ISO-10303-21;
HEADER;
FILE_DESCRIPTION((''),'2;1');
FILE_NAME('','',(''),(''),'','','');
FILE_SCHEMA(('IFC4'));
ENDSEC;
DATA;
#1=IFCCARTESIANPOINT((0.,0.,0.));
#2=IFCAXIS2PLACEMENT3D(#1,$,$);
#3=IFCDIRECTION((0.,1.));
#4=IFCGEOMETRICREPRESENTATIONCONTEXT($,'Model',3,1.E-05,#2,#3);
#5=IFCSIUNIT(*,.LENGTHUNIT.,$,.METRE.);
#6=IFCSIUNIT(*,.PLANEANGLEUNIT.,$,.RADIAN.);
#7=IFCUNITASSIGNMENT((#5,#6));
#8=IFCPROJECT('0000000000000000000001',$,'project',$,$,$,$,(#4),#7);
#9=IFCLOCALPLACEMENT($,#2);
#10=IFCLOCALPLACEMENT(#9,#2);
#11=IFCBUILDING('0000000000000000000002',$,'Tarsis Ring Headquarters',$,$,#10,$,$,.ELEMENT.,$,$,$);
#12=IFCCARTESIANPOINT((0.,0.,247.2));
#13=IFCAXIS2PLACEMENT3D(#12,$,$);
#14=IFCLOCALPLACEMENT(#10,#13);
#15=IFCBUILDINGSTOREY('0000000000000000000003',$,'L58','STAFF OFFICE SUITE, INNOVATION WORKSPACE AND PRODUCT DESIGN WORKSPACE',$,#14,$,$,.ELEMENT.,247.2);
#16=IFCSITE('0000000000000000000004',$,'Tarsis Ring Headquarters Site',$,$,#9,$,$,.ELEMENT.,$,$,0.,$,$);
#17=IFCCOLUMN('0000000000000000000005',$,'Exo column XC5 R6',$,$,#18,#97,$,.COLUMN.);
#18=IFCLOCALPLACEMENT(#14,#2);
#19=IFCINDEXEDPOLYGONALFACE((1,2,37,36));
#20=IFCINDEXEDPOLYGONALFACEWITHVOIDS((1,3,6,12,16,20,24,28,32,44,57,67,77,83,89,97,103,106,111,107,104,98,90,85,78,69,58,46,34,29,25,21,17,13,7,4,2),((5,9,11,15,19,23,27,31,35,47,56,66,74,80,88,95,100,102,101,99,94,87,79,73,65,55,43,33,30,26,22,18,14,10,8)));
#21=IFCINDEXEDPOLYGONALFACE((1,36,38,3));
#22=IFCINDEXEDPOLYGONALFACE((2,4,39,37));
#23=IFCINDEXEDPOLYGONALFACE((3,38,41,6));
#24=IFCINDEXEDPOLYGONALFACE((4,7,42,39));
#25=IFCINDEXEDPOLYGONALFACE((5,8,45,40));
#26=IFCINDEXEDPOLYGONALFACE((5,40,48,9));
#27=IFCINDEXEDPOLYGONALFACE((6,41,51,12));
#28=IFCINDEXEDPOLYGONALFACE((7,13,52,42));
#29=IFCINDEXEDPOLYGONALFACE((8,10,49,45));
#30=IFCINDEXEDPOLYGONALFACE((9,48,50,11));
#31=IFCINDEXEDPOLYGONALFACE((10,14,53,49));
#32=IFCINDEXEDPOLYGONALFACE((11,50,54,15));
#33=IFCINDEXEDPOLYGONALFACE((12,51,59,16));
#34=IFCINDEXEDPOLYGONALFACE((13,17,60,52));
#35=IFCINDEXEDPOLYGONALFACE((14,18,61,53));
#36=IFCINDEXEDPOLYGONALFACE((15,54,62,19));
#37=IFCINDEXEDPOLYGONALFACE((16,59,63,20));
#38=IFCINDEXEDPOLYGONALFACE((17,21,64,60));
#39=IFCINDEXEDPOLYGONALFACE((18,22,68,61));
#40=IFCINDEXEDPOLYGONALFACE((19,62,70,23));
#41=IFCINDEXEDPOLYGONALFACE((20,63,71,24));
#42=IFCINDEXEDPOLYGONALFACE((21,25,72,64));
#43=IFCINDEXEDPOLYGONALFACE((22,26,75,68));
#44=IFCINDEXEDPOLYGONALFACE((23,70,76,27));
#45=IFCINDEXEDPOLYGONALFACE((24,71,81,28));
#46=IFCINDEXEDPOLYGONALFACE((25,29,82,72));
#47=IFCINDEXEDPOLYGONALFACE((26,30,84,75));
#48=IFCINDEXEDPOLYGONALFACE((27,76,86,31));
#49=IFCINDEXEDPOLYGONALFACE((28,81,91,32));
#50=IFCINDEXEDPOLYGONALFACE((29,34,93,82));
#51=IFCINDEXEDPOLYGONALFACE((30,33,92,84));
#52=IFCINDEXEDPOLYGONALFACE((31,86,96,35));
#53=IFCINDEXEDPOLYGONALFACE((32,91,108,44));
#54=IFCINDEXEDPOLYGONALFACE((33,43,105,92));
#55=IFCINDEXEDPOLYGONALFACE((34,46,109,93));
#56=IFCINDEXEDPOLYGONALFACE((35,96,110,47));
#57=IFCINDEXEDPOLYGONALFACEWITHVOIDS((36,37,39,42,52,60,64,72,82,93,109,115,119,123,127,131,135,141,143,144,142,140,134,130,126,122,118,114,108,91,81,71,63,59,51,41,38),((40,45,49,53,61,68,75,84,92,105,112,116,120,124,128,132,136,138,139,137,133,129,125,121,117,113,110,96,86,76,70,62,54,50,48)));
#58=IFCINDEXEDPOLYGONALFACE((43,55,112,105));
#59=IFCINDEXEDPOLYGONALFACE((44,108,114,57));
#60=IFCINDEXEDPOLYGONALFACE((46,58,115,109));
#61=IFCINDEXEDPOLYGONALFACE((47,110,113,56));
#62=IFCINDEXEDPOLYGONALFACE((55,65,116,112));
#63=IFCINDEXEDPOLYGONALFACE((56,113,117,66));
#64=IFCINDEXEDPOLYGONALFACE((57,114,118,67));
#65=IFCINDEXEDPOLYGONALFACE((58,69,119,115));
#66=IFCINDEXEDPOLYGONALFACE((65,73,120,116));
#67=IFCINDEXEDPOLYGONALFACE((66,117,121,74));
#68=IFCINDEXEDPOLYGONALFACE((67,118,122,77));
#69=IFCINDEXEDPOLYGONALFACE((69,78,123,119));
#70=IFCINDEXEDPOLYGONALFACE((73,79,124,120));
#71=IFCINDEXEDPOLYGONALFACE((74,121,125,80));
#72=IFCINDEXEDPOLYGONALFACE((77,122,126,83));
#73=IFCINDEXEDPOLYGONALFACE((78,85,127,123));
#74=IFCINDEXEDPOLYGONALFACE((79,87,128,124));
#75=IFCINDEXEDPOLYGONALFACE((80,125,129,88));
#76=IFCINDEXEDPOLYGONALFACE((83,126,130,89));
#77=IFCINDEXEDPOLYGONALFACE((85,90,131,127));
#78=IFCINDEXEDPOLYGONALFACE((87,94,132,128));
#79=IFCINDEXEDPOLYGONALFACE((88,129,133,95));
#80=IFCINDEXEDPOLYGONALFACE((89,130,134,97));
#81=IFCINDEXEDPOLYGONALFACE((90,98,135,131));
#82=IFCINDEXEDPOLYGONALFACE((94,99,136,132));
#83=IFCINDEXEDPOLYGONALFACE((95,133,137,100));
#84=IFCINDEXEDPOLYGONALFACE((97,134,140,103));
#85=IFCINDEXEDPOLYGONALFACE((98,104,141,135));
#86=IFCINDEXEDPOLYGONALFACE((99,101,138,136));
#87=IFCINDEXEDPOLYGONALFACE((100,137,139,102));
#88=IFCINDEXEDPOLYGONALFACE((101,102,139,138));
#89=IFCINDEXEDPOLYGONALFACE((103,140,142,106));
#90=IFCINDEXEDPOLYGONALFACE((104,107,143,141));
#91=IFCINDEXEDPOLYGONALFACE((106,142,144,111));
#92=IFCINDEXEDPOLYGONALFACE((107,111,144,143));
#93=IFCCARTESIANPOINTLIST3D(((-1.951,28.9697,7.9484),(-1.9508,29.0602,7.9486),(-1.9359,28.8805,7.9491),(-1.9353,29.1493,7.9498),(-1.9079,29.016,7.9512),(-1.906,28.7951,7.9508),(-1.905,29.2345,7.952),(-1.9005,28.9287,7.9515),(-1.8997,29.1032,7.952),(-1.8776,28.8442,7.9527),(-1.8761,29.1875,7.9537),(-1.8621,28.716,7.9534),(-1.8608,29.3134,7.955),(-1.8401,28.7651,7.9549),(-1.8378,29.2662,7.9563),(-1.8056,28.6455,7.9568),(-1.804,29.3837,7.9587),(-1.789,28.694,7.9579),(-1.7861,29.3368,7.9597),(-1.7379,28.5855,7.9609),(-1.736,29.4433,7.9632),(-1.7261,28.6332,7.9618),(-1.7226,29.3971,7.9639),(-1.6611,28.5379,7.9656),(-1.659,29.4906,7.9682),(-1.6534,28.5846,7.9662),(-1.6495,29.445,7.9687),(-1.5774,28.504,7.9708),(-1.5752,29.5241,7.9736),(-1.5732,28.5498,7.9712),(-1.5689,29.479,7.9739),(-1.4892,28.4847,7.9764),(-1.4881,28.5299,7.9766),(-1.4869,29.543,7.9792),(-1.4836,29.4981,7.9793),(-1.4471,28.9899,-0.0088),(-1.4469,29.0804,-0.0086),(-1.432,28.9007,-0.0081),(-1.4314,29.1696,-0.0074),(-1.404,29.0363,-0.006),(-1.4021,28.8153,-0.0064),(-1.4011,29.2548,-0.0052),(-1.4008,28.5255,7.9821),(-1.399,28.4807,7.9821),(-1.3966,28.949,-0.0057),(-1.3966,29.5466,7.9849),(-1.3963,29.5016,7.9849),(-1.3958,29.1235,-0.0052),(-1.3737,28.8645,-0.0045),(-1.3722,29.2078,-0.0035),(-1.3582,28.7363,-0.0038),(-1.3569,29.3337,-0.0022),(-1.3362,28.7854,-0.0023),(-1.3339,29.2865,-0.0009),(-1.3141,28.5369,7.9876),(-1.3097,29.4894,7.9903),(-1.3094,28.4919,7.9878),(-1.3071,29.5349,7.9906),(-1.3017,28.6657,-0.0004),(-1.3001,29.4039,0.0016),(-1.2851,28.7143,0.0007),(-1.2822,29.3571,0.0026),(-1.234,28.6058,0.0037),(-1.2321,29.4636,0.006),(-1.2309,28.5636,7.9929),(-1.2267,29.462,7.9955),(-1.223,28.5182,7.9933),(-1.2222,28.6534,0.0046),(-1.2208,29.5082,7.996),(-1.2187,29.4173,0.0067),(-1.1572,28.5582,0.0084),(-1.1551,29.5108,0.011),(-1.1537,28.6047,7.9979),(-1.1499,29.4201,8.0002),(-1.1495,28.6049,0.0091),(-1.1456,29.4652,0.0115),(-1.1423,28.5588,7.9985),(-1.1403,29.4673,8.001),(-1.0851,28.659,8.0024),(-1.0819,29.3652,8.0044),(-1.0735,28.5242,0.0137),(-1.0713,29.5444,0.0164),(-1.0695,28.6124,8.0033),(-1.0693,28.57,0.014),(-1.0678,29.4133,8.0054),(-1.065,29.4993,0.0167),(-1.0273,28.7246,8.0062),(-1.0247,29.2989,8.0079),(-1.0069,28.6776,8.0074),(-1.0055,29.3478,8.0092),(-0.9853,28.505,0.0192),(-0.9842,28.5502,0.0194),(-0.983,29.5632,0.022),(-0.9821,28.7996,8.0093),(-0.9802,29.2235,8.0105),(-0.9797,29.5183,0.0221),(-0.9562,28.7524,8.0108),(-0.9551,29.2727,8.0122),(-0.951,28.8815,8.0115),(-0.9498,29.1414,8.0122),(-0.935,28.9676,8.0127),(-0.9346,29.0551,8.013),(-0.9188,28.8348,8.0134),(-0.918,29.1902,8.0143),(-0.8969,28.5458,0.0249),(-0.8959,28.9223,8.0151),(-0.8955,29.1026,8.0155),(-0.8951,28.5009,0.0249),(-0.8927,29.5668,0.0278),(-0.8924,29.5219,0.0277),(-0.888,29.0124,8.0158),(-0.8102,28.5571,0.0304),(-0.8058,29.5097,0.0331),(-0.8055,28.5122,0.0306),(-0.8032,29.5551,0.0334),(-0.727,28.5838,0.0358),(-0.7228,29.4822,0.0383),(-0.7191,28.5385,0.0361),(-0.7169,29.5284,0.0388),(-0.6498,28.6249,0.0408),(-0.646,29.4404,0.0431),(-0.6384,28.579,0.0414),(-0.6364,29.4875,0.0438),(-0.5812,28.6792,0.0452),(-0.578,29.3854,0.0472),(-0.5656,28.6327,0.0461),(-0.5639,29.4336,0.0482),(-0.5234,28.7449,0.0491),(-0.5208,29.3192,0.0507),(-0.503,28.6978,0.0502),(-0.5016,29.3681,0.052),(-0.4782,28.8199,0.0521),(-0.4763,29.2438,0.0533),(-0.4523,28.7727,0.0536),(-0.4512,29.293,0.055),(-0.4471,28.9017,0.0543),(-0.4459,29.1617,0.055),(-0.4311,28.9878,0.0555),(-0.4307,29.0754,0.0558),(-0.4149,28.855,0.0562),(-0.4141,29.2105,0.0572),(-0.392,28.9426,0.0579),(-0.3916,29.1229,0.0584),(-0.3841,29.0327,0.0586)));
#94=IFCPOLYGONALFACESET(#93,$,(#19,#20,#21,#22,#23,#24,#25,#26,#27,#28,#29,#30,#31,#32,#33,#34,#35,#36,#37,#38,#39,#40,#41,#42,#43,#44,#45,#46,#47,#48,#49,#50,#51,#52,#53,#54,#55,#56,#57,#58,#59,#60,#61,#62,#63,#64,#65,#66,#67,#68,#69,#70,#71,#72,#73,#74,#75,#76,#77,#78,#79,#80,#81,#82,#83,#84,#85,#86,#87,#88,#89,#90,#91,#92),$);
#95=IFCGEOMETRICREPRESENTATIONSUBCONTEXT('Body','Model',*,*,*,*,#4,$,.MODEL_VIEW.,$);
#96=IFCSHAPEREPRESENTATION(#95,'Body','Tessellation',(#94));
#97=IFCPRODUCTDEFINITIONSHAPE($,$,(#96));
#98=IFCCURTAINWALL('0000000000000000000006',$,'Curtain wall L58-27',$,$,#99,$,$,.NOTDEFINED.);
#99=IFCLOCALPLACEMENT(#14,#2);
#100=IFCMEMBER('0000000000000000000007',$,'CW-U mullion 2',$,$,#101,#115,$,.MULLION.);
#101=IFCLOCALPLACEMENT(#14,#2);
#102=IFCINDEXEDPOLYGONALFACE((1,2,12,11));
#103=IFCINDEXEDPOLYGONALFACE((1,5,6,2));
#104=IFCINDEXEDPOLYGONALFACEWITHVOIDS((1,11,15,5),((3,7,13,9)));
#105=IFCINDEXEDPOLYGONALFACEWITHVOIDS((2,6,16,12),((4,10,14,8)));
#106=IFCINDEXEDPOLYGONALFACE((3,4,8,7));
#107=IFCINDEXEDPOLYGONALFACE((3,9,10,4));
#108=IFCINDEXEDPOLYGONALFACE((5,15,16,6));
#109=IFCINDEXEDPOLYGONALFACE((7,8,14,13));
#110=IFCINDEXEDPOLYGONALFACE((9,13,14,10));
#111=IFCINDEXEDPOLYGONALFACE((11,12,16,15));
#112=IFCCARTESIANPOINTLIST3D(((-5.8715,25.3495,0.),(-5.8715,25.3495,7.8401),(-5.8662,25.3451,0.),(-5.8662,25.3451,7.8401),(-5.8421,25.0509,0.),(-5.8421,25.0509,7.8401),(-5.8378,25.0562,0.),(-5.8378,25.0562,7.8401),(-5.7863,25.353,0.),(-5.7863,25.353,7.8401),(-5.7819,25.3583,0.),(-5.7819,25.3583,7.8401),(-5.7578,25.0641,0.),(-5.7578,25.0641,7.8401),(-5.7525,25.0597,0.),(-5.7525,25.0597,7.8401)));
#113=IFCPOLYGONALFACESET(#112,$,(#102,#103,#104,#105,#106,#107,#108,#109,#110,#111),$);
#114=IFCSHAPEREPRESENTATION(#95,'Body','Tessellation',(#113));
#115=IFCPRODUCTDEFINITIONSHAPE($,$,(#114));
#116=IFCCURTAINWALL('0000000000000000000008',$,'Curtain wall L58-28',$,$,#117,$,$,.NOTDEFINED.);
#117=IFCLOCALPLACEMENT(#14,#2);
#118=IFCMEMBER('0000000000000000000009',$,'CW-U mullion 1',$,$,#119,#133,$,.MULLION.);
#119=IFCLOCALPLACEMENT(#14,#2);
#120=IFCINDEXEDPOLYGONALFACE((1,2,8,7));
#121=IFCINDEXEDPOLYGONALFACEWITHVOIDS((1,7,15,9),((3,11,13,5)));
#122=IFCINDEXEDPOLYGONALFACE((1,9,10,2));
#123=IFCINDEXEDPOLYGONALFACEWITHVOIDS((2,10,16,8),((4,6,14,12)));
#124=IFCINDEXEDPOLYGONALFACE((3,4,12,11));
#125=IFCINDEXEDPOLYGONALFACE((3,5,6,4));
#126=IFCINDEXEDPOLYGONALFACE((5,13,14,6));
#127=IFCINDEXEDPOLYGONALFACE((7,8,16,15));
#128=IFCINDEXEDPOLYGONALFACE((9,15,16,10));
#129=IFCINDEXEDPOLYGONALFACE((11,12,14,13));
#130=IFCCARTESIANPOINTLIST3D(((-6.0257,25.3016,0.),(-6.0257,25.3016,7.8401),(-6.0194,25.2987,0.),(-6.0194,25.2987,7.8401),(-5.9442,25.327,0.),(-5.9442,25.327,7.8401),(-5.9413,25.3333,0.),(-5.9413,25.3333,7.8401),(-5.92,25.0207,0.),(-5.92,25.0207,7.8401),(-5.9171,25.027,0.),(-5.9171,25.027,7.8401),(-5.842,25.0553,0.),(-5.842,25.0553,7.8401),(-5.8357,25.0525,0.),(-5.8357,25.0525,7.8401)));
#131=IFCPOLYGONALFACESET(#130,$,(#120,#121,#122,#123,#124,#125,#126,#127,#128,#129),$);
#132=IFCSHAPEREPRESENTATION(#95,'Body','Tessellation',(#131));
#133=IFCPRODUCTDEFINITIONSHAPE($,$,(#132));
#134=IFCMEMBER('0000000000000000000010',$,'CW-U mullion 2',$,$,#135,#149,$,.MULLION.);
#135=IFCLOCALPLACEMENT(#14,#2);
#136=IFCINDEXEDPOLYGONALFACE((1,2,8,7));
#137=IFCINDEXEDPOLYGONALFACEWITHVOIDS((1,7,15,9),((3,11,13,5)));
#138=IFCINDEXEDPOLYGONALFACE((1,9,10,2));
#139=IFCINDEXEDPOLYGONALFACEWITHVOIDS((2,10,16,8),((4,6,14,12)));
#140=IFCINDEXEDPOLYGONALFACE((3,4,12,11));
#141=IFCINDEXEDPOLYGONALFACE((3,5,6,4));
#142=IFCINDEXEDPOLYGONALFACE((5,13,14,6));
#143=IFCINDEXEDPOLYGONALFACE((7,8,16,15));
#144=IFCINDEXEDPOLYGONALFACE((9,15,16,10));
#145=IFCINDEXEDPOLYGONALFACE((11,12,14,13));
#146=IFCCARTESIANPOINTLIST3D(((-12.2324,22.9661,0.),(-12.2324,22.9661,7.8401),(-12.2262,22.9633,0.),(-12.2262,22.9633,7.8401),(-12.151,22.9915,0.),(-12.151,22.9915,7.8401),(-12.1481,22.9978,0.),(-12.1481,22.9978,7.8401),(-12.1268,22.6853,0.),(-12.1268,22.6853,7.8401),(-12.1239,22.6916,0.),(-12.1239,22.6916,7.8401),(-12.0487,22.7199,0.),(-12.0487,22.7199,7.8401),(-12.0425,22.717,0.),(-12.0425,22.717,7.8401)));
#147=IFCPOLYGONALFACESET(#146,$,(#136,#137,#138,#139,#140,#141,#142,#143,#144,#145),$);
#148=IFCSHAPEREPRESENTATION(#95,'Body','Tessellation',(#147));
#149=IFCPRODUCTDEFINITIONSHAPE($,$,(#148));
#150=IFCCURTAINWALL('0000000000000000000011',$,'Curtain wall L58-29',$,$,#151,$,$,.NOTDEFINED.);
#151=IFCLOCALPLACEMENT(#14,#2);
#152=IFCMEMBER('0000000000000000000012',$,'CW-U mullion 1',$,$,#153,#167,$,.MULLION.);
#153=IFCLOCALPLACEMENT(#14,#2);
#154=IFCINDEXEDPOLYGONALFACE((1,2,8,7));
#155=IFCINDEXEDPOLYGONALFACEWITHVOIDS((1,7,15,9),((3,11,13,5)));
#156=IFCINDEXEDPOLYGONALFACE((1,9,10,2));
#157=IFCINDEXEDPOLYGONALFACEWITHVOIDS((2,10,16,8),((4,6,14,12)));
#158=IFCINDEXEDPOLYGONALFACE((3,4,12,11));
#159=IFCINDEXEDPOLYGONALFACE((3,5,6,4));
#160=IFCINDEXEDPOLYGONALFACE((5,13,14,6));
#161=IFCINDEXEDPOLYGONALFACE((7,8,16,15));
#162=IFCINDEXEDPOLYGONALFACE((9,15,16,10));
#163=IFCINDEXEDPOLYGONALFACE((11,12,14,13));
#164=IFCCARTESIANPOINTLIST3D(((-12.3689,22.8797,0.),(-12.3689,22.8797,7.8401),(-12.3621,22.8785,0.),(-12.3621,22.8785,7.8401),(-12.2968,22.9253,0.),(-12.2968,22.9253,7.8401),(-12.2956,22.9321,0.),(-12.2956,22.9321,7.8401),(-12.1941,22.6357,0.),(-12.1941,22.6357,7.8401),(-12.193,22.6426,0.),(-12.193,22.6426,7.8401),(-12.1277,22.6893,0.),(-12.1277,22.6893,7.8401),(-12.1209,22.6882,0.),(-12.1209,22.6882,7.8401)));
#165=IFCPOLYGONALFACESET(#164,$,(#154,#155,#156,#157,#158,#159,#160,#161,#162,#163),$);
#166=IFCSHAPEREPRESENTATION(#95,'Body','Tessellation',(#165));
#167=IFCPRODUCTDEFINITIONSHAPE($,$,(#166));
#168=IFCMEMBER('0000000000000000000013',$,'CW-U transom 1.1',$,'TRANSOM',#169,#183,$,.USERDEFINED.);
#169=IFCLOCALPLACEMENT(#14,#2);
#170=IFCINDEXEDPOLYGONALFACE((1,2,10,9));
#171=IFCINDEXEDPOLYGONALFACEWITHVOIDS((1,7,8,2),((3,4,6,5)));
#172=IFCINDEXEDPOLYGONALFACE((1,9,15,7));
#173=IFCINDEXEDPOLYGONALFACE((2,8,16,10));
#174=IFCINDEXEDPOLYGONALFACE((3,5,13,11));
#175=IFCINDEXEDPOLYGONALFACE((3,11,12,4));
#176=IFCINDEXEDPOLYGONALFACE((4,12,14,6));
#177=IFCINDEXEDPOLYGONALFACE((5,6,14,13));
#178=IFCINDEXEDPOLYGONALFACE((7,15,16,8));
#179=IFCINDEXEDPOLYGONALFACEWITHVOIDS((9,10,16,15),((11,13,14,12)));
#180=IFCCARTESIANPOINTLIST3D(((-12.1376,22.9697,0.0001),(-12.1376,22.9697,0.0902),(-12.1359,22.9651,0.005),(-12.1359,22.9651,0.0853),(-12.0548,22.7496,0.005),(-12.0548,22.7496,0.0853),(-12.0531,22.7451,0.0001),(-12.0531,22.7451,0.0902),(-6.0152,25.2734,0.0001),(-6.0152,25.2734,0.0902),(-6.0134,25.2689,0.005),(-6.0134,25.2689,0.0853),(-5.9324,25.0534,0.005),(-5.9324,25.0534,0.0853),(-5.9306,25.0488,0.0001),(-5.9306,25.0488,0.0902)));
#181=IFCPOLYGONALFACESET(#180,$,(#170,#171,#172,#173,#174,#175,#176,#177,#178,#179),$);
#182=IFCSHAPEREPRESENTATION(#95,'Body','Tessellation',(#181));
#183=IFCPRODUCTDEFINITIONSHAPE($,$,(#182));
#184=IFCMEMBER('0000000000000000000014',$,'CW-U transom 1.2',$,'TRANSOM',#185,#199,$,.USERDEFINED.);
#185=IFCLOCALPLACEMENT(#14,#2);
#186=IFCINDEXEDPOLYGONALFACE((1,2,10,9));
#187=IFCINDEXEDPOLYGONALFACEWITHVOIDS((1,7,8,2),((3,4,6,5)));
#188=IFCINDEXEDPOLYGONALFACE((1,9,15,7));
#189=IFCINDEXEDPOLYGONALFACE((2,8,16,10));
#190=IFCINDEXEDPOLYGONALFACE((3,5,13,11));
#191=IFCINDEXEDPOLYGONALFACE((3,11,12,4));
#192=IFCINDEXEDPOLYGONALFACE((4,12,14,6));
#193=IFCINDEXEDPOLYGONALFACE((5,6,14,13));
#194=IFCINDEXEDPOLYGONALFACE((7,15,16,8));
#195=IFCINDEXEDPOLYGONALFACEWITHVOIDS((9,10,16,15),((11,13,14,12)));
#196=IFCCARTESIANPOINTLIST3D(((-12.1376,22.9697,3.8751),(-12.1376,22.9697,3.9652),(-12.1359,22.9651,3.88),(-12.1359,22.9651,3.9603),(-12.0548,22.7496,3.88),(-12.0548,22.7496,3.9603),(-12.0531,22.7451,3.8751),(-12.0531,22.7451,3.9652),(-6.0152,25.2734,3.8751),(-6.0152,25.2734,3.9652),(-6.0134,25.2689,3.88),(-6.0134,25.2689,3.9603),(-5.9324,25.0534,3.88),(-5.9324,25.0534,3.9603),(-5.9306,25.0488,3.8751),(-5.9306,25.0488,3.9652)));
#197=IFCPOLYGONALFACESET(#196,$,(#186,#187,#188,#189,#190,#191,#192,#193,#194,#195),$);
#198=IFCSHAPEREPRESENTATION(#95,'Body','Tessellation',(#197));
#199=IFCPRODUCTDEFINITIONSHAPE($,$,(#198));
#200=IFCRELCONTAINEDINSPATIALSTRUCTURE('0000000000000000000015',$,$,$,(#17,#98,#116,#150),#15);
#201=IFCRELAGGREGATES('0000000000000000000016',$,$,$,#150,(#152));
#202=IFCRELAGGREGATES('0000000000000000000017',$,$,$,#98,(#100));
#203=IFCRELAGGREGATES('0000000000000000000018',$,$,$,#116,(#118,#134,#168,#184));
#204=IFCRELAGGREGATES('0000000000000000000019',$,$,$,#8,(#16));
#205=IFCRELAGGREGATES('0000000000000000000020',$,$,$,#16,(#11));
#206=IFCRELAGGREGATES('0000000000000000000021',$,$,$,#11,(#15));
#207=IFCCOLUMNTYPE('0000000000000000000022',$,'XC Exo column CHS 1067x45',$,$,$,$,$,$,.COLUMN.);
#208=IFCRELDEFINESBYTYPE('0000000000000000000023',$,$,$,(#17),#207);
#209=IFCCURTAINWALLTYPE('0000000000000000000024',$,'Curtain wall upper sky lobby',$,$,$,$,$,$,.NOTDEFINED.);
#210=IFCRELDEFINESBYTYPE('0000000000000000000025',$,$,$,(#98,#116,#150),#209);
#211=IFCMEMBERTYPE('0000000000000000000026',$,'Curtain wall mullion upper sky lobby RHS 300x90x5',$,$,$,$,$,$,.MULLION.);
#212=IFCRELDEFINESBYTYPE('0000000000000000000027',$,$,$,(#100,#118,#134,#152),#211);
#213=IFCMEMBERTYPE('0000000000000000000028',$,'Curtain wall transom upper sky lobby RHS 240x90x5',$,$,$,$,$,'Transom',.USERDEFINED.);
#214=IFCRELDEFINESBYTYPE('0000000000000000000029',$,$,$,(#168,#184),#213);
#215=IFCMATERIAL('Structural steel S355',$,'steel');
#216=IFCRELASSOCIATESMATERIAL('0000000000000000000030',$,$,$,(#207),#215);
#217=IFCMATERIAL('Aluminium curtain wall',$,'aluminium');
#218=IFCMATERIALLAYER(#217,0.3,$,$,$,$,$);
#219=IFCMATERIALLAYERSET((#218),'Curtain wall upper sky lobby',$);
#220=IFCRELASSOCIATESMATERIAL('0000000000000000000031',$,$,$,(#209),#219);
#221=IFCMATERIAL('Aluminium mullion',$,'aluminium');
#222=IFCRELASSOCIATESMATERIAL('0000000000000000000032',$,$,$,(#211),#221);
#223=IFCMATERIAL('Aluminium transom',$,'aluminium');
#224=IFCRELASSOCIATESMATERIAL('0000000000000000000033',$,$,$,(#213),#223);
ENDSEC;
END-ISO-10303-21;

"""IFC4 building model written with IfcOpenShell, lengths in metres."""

from ifc_helpers import new_model, si_unit, direction, frame, origin, origin_2d, place, context, subcontext, project, spatial, hollow_rectangle, hollow_circle, extrude, material, layer, layer_set, material_profile, profile_set, type_object, element, aggregate, save


model = new_model("IFC4")

# Units and contexts
model_context = context("Model", 3, precision=1e-05, world=origin(), true_north=direction((0.0, 1.0)))
body_context = subcontext(model_context, "Body", "Model", "MODEL_VIEW")
ifc_project = project(units=[si_unit("LENGTHUNIT", "METRE"), si_unit("PLANEANGLEUNIT", "RADIAN")], contexts=[model_context])

# Site, building, storey
site_placement = place(None, origin())
site = spatial("IfcSite", under=ifc_project, at=site_placement, Name="Tarsis Ring Headquarters Site", CompositionType="ELEMENT", RefElevation=0.0)
building_placement = place(site_placement, origin())
building = spatial("IfcBuilding", under=site, at=building_placement, Name="Tarsis Ring Headquarters", CompositionType="ELEMENT")
storey_placement = place(building_placement, frame((0.0, 0.0, 247.2)))
storey = spatial("IfcBuildingStorey", under=building, at=storey_placement, Name="L58", Description="STAFF OFFICE SUITE, INNOVATION WORKSPACE AND PRODUCT DESIGN WORKSPACE", CompositionType="ELEMENT", Elevation=247.2)

# Column
ifc_material_1 = material(Name="Structural steel S355", Category="steel")
ifc_material_profile_1 = material_profile(ifc_material_1, hollow_circle(Radius=0.5334, WallThickness=0.0449, at=origin_2d()), Name="CHS 1067x45")
ifc_profile_set_1 = profile_set([ifc_material_profile_1], Name="Structural steel S355")
column_type = type_object("IfcColumnType", Name="XC Exo column CHS 1067x45", PredefinedType="COLUMN", material=ifc_profile_set_1)
column_placement = place(storey_placement, frame((-0.9165, 29.0339, 0.0249), z_axis=(-0.0632, -0.002541, 0.997998), x_axis=(0.040181, -0.999192, 0.0)))
element("IfcColumn", 1, at=column_placement, inside=storey, type_object=column_type, Name="Exo column XC5 R6", PredefinedType="COLUMN", context=body_context, shape_type="SweptSolid", body=[
    extrude(hollow_circle(Radius=0.5334, WallThickness=0.0449, at=origin_2d()), origin(), (0.0, 0.0, 1.0), 7.9731),
])

# Curtain wall, member
ifc_material_2 = material(Name="Aluminium curtain wall", Category="aluminium")
ifc_layer_1 = layer(ifc_material_2, 0.3)
ifc_layer_set_1 = layer_set([ifc_layer_1], Name="Curtain wall upper sky lobby")
curtain_wall_type = type_object("IfcCurtainWallType", Name="Curtain wall upper sky lobby", PredefinedType="NOTDEFINED", material=ifc_layer_set_1)
curtain_wall_1_placement = place(storey_placement, origin())
curtain_wall_1 = element("IfcCurtainWall", 2, at=curtain_wall_1_placement, inside=storey, type_object=curtain_wall_type, Name="Curtain wall L58-27", PredefinedType="NOTDEFINED")
ifc_material_3 = material(Name="Aluminium mullion", Category="aluminium")
ifc_material_profile_2 = material_profile(ifc_material_3, hollow_rectangle(XDim=0.3, YDim=0.0901, WallThickness=0.0049, at=origin_2d()), Name="RHS 300x90x5")
ifc_profile_set_2 = profile_set([ifc_material_profile_2], Name="Aluminium mullion")
member_type_1 = type_object("IfcMemberType", Name="Curtain wall mullion upper sky lobby RHS 300x90x5", PredefinedType="MULLION", material=ifc_profile_set_2)
member_1_placement = place(storey_placement, frame((-5.812, 25.2046, 0.0), z_axis=(0.0, 0.0, 1.0), x_axis=(0.09793, -0.995193, 0.0)))
member_1 = element("IfcMember", 3, at=member_1_placement, type_object=member_type_1, Name="CW-U mullion 2", PredefinedType="MULLION", context=body_context, shape_type="SweptSolid", body=[
    extrude(hollow_rectangle(XDim=0.3, YDim=0.0901, WallThickness=0.0049, at=origin_2d()), origin(), (0.0, 0.0, 1.0), 7.8401),
])

# Curtain wall, members
curtain_wall_2_placement = place(storey_placement, origin())
curtain_wall_2 = element("IfcCurtainWall", 4, at=curtain_wall_2_placement, inside=storey, type_object=curtain_wall_type, Name="Curtain wall L58-28", PredefinedType="NOTDEFINED")
member_2_placement = place(storey_placement, frame((-5.9307, 25.177, 0.0), z_axis=(0.0, 0.0, 1.0), x_axis=(0.352168, -0.935937, 0.0)))
member_2 = element("IfcMember", 5, at=member_2_placement, type_object=member_type_1, Name="CW-U mullion 1", PredefinedType="MULLION", context=body_context, shape_type="SweptSolid", body=[
    extrude(hollow_rectangle(XDim=0.3, YDim=0.0901, WallThickness=0.0049, at=origin_2d()), origin(), (0.0, 0.0, 1.0), 7.8401),
])
member_3_placement = place(storey_placement, frame((-12.1375, 22.8416, 0.0), z_axis=(0.0, 0.0, 1.0), x_axis=(0.352168, -0.935937, 0.0)))
member_3 = element("IfcMember", 6, at=member_3_placement, type_object=member_type_1, Name="CW-U mullion 2", PredefinedType="MULLION", context=body_context, shape_type="SweptSolid", body=[
    extrude(hollow_rectangle(XDim=0.3, YDim=0.0901, WallThickness=0.0049, at=origin_2d()), origin(), (0.0, 0.0, 1.0), 7.8401),
])

# Curtain wall, member
curtain_wall_3_placement = place(storey_placement, origin())
curtain_wall_3 = element("IfcCurtainWall", 7, at=curtain_wall_3_placement, inside=storey, type_object=curtain_wall_type, Name="Curtain wall L58-29", PredefinedType="NOTDEFINED")
member_4_placement = place(storey_placement, frame((-12.2449, 22.7839, 0.0), z_axis=(0.0, 0.0, 1.0), x_axis=(0.582407, -0.812898, 0.0)))
member_4 = element("IfcMember", 8, at=member_4_placement, type_object=member_type_1, Name="CW-U mullion 1", PredefinedType="MULLION", context=body_context, shape_type="SweptSolid", body=[
    extrude(hollow_rectangle(XDim=0.3, YDim=0.0901, WallThickness=0.0049, at=origin_2d()), origin(), (0.0, 0.0, 1.0), 7.8401),
])

# Members
ifc_material_4 = material(Name="Aluminium transom", Category="aluminium")
ifc_material_profile_3 = material_profile(ifc_material_4, hollow_rectangle(XDim=0.24, YDim=0.0901, WallThickness=0.0049, at=origin_2d()), Name="RHS 240x90x5")
ifc_profile_set_3 = profile_set([ifc_material_profile_3], Name="Aluminium transom")
member_type_2 = type_object("IfcMemberType", Name="Curtain wall transom upper sky lobby RHS 240x90x5", ElementType="Transom", PredefinedType="USERDEFINED", material=ifc_profile_set_3)
member_5_placement = place(storey_placement, frame((-5.9729, 25.1611, 0.0452), z_axis=(-0.935934, -0.352174, 0.0), x_axis=(0.352174, -0.935934, 0.0)))
member_5 = element("IfcMember", 9, at=member_5_placement, type_object=member_type_2, Name="CW-U transom 1.1", ObjectType="TRANSOM", PredefinedType="USERDEFINED", context=body_context, shape_type="SweptSolid", body=[
    extrude(hollow_rectangle(XDim=0.24, YDim=0.0901, WallThickness=0.0049, at=origin_2d()), origin(), (0.0, 0.0, 1.0), 6.5415),
])
member_6_placement = place(storey_placement, frame((-5.9729, 25.1611, 3.9202), z_axis=(-0.935934, -0.352174, 0.0), x_axis=(0.352174, -0.935934, 0.0)))
member_6 = element("IfcMember", 10, at=member_6_placement, type_object=member_type_2, Name="CW-U transom 1.2", ObjectType="TRANSOM", PredefinedType="USERDEFINED", context=body_context, shape_type="SweptSolid", body=[
    extrude(hollow_rectangle(XDim=0.24, YDim=0.0901, WallThickness=0.0049, at=origin_2d()), origin(), (0.0, 0.0, 1.0), 6.5415),
])
aggregate(curtain_wall_3, [member_4])

aggregate(curtain_wall_1, [member_1])
aggregate(curtain_wall_2, [member_2, member_3, member_5, member_6])

save(model, "model.ifc")
